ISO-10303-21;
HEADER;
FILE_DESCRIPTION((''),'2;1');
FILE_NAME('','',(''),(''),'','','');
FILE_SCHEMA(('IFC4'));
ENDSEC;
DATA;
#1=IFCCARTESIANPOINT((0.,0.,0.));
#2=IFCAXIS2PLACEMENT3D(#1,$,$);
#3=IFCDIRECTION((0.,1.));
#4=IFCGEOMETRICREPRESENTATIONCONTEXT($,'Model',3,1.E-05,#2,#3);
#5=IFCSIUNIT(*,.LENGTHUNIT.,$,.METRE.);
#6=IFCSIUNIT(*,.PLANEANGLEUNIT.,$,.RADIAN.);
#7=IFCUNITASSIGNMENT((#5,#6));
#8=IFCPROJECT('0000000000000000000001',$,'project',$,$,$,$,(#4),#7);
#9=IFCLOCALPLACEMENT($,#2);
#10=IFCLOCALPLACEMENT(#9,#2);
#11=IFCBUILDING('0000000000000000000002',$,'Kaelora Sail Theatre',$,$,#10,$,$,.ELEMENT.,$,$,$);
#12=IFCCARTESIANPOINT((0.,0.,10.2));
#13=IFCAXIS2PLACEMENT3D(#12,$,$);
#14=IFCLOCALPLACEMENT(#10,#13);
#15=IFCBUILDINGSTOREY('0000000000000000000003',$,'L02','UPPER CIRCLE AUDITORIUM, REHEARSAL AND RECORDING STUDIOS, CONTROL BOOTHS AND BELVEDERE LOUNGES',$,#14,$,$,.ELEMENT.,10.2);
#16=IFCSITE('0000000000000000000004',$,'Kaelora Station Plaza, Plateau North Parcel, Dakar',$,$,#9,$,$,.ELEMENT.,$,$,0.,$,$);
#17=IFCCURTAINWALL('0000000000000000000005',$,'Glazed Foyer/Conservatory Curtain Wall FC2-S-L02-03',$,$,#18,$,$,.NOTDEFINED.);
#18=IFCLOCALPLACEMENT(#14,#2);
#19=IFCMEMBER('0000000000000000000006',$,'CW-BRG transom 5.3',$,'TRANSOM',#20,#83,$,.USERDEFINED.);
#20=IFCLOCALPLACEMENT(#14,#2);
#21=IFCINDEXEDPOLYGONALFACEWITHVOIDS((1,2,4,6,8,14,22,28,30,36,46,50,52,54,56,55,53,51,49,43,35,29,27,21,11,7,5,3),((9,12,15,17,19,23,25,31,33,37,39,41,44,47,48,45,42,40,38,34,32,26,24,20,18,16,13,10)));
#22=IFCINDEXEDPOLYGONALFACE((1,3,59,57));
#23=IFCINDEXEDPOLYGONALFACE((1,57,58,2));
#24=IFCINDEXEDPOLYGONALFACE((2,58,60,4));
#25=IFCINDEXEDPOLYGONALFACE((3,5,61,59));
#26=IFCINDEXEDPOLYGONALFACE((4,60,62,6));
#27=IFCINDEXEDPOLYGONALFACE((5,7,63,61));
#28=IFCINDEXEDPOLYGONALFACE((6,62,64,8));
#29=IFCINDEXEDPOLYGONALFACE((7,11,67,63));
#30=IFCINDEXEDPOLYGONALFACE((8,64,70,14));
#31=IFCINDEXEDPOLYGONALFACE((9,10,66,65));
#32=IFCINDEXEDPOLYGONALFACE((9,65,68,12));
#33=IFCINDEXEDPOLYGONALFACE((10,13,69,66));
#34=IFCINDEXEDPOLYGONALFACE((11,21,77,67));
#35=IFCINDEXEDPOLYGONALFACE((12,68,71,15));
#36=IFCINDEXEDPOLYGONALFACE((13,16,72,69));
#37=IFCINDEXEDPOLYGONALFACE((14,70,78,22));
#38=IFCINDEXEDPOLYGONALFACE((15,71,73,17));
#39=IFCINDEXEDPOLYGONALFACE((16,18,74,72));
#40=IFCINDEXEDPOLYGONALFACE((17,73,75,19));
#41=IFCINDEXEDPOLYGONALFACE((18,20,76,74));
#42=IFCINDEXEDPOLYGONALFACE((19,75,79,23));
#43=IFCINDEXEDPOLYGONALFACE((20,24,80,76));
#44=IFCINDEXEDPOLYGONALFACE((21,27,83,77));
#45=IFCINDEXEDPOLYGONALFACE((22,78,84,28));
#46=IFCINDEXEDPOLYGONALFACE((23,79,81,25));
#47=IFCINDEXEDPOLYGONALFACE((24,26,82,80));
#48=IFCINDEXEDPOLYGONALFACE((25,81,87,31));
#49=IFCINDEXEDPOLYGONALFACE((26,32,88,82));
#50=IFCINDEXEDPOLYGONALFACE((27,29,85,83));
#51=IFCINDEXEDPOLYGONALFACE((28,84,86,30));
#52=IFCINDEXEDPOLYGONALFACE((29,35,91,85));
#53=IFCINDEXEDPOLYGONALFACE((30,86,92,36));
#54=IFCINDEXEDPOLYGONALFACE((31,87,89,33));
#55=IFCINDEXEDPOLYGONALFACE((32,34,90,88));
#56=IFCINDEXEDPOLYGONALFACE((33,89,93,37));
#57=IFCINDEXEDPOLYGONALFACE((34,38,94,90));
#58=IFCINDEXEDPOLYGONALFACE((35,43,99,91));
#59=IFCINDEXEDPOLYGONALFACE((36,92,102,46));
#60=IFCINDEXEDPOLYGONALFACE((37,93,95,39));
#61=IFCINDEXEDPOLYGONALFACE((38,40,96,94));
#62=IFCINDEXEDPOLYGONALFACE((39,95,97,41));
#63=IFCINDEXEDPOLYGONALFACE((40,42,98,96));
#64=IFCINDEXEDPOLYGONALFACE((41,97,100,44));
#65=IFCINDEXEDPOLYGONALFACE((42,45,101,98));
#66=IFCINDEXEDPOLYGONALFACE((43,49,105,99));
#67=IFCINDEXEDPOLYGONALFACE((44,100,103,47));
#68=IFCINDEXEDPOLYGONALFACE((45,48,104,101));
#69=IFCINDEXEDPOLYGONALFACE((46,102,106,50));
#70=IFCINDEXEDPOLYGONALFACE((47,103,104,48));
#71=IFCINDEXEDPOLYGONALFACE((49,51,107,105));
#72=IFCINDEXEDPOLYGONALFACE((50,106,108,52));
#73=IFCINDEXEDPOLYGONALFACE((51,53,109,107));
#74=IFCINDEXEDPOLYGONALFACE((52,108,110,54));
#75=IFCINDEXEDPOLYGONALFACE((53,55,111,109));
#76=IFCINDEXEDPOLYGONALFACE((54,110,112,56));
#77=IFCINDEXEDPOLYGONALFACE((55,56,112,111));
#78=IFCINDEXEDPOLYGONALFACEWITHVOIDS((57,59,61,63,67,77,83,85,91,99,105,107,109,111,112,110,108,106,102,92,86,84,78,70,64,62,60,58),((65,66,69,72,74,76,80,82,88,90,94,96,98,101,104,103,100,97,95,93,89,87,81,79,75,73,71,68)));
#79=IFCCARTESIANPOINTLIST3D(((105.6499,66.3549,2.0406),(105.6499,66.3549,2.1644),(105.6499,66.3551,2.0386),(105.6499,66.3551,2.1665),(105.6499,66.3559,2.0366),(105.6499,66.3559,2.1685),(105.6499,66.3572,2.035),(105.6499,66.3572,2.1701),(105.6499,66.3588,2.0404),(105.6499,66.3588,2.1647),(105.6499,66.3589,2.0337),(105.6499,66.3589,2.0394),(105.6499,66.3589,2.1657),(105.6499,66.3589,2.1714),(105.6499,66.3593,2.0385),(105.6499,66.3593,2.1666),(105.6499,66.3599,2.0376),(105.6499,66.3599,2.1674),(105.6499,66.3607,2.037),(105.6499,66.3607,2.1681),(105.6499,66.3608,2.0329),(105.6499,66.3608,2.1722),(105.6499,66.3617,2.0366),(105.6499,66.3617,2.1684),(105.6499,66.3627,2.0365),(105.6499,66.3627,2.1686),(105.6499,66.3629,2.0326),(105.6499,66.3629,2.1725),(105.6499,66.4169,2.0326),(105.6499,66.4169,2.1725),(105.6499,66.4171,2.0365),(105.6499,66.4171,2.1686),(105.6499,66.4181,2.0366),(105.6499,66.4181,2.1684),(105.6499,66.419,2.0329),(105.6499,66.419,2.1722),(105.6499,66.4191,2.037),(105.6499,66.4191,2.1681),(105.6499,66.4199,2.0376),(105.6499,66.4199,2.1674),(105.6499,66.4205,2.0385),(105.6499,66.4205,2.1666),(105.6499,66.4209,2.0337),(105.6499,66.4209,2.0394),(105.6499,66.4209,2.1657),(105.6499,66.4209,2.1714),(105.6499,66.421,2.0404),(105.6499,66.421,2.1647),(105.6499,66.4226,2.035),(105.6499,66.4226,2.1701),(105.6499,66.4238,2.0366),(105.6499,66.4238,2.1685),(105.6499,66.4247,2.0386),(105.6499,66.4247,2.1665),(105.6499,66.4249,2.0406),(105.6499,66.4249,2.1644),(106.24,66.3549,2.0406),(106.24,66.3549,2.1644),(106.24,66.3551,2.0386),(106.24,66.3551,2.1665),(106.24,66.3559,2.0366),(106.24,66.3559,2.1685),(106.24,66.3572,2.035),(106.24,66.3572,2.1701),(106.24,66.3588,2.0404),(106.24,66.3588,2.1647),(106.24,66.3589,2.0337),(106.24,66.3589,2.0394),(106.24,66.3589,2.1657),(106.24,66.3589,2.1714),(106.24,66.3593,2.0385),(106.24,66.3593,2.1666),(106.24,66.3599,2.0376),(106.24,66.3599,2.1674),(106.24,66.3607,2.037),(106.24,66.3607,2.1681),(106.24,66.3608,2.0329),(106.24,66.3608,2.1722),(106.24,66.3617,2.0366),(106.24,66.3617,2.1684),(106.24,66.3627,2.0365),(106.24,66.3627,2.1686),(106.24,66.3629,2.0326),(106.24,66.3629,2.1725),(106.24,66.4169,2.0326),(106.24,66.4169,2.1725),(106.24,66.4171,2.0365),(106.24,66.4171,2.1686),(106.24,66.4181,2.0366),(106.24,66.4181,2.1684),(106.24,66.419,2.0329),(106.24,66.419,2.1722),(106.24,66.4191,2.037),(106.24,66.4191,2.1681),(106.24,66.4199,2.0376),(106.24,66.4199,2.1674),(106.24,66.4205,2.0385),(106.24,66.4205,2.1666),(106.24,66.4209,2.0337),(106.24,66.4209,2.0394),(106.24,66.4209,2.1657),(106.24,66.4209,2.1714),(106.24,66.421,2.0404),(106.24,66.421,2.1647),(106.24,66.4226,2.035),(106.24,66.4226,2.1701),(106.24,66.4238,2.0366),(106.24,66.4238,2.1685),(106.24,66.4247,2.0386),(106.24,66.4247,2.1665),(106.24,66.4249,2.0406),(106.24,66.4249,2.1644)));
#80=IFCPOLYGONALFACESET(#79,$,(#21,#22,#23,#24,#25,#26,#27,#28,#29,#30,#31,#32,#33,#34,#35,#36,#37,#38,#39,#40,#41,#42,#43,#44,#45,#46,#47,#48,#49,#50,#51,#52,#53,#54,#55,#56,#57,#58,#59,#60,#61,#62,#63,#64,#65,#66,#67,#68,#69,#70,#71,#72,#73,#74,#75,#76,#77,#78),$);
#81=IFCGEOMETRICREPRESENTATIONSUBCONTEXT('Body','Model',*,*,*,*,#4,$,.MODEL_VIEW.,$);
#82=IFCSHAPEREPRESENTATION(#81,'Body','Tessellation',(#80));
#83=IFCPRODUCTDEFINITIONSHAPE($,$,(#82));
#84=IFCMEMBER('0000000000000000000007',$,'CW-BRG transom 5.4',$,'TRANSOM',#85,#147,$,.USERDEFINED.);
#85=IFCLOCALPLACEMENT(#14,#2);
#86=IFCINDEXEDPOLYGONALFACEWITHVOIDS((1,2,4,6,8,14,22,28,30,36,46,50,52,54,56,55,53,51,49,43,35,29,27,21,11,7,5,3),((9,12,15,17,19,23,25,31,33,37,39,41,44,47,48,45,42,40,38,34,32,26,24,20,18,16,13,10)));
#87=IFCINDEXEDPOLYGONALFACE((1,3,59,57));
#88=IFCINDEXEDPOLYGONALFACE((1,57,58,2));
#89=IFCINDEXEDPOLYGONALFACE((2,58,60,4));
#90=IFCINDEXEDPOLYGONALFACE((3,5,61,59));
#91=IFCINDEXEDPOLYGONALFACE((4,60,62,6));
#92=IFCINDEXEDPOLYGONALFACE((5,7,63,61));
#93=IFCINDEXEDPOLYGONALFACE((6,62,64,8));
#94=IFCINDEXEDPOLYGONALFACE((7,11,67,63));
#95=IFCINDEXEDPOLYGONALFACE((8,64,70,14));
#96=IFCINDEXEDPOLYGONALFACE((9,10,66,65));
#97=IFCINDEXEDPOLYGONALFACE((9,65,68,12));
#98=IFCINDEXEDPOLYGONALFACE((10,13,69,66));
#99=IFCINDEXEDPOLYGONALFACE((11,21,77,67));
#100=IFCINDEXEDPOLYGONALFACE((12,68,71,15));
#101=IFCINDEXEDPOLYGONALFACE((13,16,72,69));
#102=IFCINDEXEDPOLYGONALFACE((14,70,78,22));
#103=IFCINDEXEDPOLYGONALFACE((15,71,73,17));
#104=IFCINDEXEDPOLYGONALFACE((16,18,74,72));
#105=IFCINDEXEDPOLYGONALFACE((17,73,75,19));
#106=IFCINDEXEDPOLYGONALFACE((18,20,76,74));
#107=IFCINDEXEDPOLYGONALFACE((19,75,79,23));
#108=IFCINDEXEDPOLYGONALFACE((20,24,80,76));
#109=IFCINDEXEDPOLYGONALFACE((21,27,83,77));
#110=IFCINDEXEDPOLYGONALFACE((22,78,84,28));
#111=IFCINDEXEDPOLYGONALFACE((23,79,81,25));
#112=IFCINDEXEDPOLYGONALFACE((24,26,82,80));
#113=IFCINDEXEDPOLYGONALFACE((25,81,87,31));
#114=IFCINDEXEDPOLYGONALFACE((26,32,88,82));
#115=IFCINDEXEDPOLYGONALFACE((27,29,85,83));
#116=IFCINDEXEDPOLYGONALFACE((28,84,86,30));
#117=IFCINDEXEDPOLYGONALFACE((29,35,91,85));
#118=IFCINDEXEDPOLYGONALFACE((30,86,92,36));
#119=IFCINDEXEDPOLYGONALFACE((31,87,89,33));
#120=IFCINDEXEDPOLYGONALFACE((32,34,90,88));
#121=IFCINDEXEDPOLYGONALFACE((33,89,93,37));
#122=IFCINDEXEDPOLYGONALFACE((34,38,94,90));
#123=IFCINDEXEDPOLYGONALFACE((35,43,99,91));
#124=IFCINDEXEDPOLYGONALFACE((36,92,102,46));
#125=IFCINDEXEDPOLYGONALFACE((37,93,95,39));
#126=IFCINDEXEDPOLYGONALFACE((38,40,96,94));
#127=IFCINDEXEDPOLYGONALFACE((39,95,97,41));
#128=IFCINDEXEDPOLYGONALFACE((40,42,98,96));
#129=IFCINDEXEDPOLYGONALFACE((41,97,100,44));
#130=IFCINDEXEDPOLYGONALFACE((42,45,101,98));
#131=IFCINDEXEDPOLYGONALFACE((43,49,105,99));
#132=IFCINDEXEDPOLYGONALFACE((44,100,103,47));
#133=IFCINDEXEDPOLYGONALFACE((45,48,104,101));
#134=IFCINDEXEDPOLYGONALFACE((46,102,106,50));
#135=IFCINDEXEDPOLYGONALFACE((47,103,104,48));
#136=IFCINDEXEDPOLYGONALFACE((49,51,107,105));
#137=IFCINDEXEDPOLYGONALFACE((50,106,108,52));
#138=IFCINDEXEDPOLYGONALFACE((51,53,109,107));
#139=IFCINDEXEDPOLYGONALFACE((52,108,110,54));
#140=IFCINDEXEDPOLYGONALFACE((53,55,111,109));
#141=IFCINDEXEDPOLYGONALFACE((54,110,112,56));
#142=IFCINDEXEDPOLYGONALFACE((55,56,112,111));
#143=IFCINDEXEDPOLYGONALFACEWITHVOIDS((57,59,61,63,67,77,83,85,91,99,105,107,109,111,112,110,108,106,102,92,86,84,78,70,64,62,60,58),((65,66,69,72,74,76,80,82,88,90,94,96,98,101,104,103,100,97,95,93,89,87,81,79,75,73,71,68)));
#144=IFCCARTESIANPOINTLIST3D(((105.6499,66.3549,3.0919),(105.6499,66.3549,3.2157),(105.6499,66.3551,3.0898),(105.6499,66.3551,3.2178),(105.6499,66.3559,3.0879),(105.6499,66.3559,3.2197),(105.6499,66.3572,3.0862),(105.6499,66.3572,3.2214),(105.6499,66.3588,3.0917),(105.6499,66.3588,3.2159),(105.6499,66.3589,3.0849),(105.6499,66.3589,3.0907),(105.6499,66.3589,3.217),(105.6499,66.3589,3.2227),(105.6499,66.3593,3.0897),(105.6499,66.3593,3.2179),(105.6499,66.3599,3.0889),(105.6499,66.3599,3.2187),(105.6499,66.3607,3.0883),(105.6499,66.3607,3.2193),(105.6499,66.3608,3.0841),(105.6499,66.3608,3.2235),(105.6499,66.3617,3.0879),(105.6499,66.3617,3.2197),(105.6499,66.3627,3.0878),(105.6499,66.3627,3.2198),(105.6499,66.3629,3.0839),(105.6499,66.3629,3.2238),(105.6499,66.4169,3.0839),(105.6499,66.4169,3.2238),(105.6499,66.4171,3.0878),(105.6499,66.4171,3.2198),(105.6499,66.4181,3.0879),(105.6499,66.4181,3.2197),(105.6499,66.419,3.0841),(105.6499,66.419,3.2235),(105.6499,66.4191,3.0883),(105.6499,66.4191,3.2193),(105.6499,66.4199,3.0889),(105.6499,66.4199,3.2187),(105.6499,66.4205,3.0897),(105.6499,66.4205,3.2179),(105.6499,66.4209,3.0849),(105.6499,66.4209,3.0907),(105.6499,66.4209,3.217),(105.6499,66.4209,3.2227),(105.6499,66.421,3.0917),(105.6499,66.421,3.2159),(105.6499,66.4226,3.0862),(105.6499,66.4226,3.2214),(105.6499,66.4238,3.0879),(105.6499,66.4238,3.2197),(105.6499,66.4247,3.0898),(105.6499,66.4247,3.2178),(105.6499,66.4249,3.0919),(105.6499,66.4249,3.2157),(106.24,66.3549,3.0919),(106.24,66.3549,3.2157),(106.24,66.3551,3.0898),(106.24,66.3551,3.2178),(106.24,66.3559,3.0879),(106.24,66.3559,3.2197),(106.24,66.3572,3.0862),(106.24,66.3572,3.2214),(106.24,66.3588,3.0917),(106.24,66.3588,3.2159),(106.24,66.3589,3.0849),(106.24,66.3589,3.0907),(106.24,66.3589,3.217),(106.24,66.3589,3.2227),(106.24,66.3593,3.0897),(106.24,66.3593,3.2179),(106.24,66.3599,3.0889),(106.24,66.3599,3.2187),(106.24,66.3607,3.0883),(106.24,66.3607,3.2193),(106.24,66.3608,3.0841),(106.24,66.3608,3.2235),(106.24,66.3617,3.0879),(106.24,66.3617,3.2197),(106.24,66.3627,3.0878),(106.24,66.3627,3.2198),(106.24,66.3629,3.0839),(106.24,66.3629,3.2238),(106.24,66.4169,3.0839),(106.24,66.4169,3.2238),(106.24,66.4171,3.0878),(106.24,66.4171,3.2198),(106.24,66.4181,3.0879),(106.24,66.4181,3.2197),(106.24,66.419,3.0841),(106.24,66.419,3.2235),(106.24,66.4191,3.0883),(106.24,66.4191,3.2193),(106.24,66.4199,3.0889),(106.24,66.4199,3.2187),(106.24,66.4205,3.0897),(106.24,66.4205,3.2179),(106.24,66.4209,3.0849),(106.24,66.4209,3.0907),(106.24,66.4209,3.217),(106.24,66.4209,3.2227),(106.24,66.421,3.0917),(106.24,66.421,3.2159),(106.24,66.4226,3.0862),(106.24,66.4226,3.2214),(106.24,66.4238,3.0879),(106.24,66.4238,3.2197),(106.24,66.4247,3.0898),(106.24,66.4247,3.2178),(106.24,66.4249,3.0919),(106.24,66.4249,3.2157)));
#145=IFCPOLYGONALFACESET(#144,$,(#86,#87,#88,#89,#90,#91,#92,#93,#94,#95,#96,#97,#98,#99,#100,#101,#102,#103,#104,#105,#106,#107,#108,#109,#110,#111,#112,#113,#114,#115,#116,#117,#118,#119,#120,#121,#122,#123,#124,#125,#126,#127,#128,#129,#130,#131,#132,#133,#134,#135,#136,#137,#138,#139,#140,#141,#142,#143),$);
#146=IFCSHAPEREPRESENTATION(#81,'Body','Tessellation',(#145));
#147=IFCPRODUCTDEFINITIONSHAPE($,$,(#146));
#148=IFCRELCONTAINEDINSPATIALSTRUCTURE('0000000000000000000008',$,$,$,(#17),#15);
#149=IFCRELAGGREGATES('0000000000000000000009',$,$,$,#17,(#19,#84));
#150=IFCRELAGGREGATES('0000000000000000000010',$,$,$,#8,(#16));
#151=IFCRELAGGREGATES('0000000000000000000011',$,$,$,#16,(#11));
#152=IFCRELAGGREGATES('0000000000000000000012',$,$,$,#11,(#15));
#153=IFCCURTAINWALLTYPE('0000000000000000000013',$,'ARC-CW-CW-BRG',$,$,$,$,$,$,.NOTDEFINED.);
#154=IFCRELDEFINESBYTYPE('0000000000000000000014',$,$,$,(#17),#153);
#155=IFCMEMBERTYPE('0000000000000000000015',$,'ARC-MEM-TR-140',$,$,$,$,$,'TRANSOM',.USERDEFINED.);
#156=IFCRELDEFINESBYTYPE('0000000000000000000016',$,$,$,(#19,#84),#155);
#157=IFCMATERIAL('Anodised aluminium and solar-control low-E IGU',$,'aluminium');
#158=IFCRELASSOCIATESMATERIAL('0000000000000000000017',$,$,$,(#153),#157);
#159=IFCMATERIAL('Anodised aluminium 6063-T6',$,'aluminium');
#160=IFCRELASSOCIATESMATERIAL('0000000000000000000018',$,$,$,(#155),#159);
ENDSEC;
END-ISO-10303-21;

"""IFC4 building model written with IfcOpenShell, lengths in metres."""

from ifc_helpers import new_model, si_unit, direction, frame, origin, origin_2d, place, context, subcontext, project, spatial, hollow_rectangle, extrude, material, material_profile, profile_set, type_object, element, aggregate, save


model = new_model("IFC4")

# Units and contexts
model_context = context("Model", 3, precision=1e-05, world=origin(), true_north=direction((0.0, 1.0)))
body_context = subcontext(model_context, "Body", "Model", "MODEL_VIEW")
ifc_project = project(units=[si_unit("LENGTHUNIT", "METRE"), si_unit("PLANEANGLEUNIT", "RADIAN")], contexts=[model_context])

# Site, building, storey
site_placement = place(None, origin())
site = spatial("IfcSite", under=ifc_project, at=site_placement, Name="Kaelora Station Plaza, Plateau North Parcel, Dakar", CompositionType="ELEMENT", RefElevation=0.0)
building_placement = place(site_placement, origin())
building = spatial("IfcBuilding", under=site, at=building_placement, Name="Kaelora Sail Theatre", CompositionType="ELEMENT")
storey_placement = place(building_placement, frame((0.0, 0.0, 10.2)))
storey = spatial("IfcBuildingStorey", under=building, at=storey_placement, Name="L02", Description="UPPER CIRCLE AUDITORIUM, REHEARSAL AND RECORDING STUDIOS, CONTROL BOOTHS AND BELVEDERE LOUNGES", CompositionType="ELEMENT", Elevation=10.2)

# Curtain wall, members
ifc_material_1 = material(Name="Anodised aluminium and solar-control low-E IGU", Category="aluminium")
curtain_wall_type = type_object("IfcCurtainWallType", Name="ARC-CW-CW-BRG", PredefinedType="NOTDEFINED", material=ifc_material_1)
curtain_wall_placement = place(storey_placement, origin())
curtain_wall = element("IfcCurtainWall", 1, at=curtain_wall_placement, inside=storey, type_object=curtain_wall_type, Name="Glazed Foyer/Conservatory Curtain Wall FC2-S-L02-03", PredefinedType="NOTDEFINED")
ifc_material_2 = material(Name="Anodised aluminium 6063-T6", Category="aluminium")
ifc_material_profile_1 = material_profile(ifc_material_2, hollow_rectangle(XDim=0.0701, YDim=0.1399, WallThickness=0.0039, InnerFilletRadius=0.0039, OuterFilletRadius=0.0081, at=origin_2d()), Name="ALU-TRAN 70x140x4")
ifc_profile_set_1 = profile_set([ifc_material_profile_1], Name="Anodised aluminium 6063-T6")
member_type_1 = type_object("IfcMemberType", Name="ARC-MEM-TR-140", ElementType="TRANSOM", PredefinedType="USERDEFINED", material=ifc_profile_set_1)
member_1_placement = place(storey_placement, frame((105.6499, 66.3899, 2.1025), z_axis=(1.0, 0.0, 0.0), x_axis=(0.0, 1.0, 0.0)))
member_1 = element("IfcMember", 2, at=member_1_placement, type_object=member_type_1, Name="CW-BRG transom 5.3", ObjectType="TRANSOM", PredefinedType="USERDEFINED", context=body_context, shape_type="SweptSolid", body=[
    extrude(hollow_rectangle(XDim=0.0701, YDim=0.1399, WallThickness=0.0039, InnerFilletRadius=0.0039, OuterFilletRadius=0.0081, at=origin_2d()), origin(), (0.0, 0.0, 1.0), 0.5901),
])
member_2_placement = place(storey_placement, frame((105.6499, 66.3899, 3.1538), z_axis=(1.0, 0.0, 0.0), x_axis=(0.0, 1.0, 0.0)))
member_2 = element("IfcMember", 3, at=member_2_placement, type_object=member_type_1, Name="CW-BRG transom 5.4", ObjectType="TRANSOM", PredefinedType="USERDEFINED", context=body_context, shape_type="SweptSolid", body=[
    extrude(hollow_rectangle(XDim=0.0701, YDim=0.1399, WallThickness=0.0039, InnerFilletRadius=0.0039, OuterFilletRadius=0.0081, at=origin_2d()), origin(), (0.0, 0.0, 1.0), 0.5901),
])
aggregate(curtain_wall, [member_1, member_2])

save(model, "model.ifc")
